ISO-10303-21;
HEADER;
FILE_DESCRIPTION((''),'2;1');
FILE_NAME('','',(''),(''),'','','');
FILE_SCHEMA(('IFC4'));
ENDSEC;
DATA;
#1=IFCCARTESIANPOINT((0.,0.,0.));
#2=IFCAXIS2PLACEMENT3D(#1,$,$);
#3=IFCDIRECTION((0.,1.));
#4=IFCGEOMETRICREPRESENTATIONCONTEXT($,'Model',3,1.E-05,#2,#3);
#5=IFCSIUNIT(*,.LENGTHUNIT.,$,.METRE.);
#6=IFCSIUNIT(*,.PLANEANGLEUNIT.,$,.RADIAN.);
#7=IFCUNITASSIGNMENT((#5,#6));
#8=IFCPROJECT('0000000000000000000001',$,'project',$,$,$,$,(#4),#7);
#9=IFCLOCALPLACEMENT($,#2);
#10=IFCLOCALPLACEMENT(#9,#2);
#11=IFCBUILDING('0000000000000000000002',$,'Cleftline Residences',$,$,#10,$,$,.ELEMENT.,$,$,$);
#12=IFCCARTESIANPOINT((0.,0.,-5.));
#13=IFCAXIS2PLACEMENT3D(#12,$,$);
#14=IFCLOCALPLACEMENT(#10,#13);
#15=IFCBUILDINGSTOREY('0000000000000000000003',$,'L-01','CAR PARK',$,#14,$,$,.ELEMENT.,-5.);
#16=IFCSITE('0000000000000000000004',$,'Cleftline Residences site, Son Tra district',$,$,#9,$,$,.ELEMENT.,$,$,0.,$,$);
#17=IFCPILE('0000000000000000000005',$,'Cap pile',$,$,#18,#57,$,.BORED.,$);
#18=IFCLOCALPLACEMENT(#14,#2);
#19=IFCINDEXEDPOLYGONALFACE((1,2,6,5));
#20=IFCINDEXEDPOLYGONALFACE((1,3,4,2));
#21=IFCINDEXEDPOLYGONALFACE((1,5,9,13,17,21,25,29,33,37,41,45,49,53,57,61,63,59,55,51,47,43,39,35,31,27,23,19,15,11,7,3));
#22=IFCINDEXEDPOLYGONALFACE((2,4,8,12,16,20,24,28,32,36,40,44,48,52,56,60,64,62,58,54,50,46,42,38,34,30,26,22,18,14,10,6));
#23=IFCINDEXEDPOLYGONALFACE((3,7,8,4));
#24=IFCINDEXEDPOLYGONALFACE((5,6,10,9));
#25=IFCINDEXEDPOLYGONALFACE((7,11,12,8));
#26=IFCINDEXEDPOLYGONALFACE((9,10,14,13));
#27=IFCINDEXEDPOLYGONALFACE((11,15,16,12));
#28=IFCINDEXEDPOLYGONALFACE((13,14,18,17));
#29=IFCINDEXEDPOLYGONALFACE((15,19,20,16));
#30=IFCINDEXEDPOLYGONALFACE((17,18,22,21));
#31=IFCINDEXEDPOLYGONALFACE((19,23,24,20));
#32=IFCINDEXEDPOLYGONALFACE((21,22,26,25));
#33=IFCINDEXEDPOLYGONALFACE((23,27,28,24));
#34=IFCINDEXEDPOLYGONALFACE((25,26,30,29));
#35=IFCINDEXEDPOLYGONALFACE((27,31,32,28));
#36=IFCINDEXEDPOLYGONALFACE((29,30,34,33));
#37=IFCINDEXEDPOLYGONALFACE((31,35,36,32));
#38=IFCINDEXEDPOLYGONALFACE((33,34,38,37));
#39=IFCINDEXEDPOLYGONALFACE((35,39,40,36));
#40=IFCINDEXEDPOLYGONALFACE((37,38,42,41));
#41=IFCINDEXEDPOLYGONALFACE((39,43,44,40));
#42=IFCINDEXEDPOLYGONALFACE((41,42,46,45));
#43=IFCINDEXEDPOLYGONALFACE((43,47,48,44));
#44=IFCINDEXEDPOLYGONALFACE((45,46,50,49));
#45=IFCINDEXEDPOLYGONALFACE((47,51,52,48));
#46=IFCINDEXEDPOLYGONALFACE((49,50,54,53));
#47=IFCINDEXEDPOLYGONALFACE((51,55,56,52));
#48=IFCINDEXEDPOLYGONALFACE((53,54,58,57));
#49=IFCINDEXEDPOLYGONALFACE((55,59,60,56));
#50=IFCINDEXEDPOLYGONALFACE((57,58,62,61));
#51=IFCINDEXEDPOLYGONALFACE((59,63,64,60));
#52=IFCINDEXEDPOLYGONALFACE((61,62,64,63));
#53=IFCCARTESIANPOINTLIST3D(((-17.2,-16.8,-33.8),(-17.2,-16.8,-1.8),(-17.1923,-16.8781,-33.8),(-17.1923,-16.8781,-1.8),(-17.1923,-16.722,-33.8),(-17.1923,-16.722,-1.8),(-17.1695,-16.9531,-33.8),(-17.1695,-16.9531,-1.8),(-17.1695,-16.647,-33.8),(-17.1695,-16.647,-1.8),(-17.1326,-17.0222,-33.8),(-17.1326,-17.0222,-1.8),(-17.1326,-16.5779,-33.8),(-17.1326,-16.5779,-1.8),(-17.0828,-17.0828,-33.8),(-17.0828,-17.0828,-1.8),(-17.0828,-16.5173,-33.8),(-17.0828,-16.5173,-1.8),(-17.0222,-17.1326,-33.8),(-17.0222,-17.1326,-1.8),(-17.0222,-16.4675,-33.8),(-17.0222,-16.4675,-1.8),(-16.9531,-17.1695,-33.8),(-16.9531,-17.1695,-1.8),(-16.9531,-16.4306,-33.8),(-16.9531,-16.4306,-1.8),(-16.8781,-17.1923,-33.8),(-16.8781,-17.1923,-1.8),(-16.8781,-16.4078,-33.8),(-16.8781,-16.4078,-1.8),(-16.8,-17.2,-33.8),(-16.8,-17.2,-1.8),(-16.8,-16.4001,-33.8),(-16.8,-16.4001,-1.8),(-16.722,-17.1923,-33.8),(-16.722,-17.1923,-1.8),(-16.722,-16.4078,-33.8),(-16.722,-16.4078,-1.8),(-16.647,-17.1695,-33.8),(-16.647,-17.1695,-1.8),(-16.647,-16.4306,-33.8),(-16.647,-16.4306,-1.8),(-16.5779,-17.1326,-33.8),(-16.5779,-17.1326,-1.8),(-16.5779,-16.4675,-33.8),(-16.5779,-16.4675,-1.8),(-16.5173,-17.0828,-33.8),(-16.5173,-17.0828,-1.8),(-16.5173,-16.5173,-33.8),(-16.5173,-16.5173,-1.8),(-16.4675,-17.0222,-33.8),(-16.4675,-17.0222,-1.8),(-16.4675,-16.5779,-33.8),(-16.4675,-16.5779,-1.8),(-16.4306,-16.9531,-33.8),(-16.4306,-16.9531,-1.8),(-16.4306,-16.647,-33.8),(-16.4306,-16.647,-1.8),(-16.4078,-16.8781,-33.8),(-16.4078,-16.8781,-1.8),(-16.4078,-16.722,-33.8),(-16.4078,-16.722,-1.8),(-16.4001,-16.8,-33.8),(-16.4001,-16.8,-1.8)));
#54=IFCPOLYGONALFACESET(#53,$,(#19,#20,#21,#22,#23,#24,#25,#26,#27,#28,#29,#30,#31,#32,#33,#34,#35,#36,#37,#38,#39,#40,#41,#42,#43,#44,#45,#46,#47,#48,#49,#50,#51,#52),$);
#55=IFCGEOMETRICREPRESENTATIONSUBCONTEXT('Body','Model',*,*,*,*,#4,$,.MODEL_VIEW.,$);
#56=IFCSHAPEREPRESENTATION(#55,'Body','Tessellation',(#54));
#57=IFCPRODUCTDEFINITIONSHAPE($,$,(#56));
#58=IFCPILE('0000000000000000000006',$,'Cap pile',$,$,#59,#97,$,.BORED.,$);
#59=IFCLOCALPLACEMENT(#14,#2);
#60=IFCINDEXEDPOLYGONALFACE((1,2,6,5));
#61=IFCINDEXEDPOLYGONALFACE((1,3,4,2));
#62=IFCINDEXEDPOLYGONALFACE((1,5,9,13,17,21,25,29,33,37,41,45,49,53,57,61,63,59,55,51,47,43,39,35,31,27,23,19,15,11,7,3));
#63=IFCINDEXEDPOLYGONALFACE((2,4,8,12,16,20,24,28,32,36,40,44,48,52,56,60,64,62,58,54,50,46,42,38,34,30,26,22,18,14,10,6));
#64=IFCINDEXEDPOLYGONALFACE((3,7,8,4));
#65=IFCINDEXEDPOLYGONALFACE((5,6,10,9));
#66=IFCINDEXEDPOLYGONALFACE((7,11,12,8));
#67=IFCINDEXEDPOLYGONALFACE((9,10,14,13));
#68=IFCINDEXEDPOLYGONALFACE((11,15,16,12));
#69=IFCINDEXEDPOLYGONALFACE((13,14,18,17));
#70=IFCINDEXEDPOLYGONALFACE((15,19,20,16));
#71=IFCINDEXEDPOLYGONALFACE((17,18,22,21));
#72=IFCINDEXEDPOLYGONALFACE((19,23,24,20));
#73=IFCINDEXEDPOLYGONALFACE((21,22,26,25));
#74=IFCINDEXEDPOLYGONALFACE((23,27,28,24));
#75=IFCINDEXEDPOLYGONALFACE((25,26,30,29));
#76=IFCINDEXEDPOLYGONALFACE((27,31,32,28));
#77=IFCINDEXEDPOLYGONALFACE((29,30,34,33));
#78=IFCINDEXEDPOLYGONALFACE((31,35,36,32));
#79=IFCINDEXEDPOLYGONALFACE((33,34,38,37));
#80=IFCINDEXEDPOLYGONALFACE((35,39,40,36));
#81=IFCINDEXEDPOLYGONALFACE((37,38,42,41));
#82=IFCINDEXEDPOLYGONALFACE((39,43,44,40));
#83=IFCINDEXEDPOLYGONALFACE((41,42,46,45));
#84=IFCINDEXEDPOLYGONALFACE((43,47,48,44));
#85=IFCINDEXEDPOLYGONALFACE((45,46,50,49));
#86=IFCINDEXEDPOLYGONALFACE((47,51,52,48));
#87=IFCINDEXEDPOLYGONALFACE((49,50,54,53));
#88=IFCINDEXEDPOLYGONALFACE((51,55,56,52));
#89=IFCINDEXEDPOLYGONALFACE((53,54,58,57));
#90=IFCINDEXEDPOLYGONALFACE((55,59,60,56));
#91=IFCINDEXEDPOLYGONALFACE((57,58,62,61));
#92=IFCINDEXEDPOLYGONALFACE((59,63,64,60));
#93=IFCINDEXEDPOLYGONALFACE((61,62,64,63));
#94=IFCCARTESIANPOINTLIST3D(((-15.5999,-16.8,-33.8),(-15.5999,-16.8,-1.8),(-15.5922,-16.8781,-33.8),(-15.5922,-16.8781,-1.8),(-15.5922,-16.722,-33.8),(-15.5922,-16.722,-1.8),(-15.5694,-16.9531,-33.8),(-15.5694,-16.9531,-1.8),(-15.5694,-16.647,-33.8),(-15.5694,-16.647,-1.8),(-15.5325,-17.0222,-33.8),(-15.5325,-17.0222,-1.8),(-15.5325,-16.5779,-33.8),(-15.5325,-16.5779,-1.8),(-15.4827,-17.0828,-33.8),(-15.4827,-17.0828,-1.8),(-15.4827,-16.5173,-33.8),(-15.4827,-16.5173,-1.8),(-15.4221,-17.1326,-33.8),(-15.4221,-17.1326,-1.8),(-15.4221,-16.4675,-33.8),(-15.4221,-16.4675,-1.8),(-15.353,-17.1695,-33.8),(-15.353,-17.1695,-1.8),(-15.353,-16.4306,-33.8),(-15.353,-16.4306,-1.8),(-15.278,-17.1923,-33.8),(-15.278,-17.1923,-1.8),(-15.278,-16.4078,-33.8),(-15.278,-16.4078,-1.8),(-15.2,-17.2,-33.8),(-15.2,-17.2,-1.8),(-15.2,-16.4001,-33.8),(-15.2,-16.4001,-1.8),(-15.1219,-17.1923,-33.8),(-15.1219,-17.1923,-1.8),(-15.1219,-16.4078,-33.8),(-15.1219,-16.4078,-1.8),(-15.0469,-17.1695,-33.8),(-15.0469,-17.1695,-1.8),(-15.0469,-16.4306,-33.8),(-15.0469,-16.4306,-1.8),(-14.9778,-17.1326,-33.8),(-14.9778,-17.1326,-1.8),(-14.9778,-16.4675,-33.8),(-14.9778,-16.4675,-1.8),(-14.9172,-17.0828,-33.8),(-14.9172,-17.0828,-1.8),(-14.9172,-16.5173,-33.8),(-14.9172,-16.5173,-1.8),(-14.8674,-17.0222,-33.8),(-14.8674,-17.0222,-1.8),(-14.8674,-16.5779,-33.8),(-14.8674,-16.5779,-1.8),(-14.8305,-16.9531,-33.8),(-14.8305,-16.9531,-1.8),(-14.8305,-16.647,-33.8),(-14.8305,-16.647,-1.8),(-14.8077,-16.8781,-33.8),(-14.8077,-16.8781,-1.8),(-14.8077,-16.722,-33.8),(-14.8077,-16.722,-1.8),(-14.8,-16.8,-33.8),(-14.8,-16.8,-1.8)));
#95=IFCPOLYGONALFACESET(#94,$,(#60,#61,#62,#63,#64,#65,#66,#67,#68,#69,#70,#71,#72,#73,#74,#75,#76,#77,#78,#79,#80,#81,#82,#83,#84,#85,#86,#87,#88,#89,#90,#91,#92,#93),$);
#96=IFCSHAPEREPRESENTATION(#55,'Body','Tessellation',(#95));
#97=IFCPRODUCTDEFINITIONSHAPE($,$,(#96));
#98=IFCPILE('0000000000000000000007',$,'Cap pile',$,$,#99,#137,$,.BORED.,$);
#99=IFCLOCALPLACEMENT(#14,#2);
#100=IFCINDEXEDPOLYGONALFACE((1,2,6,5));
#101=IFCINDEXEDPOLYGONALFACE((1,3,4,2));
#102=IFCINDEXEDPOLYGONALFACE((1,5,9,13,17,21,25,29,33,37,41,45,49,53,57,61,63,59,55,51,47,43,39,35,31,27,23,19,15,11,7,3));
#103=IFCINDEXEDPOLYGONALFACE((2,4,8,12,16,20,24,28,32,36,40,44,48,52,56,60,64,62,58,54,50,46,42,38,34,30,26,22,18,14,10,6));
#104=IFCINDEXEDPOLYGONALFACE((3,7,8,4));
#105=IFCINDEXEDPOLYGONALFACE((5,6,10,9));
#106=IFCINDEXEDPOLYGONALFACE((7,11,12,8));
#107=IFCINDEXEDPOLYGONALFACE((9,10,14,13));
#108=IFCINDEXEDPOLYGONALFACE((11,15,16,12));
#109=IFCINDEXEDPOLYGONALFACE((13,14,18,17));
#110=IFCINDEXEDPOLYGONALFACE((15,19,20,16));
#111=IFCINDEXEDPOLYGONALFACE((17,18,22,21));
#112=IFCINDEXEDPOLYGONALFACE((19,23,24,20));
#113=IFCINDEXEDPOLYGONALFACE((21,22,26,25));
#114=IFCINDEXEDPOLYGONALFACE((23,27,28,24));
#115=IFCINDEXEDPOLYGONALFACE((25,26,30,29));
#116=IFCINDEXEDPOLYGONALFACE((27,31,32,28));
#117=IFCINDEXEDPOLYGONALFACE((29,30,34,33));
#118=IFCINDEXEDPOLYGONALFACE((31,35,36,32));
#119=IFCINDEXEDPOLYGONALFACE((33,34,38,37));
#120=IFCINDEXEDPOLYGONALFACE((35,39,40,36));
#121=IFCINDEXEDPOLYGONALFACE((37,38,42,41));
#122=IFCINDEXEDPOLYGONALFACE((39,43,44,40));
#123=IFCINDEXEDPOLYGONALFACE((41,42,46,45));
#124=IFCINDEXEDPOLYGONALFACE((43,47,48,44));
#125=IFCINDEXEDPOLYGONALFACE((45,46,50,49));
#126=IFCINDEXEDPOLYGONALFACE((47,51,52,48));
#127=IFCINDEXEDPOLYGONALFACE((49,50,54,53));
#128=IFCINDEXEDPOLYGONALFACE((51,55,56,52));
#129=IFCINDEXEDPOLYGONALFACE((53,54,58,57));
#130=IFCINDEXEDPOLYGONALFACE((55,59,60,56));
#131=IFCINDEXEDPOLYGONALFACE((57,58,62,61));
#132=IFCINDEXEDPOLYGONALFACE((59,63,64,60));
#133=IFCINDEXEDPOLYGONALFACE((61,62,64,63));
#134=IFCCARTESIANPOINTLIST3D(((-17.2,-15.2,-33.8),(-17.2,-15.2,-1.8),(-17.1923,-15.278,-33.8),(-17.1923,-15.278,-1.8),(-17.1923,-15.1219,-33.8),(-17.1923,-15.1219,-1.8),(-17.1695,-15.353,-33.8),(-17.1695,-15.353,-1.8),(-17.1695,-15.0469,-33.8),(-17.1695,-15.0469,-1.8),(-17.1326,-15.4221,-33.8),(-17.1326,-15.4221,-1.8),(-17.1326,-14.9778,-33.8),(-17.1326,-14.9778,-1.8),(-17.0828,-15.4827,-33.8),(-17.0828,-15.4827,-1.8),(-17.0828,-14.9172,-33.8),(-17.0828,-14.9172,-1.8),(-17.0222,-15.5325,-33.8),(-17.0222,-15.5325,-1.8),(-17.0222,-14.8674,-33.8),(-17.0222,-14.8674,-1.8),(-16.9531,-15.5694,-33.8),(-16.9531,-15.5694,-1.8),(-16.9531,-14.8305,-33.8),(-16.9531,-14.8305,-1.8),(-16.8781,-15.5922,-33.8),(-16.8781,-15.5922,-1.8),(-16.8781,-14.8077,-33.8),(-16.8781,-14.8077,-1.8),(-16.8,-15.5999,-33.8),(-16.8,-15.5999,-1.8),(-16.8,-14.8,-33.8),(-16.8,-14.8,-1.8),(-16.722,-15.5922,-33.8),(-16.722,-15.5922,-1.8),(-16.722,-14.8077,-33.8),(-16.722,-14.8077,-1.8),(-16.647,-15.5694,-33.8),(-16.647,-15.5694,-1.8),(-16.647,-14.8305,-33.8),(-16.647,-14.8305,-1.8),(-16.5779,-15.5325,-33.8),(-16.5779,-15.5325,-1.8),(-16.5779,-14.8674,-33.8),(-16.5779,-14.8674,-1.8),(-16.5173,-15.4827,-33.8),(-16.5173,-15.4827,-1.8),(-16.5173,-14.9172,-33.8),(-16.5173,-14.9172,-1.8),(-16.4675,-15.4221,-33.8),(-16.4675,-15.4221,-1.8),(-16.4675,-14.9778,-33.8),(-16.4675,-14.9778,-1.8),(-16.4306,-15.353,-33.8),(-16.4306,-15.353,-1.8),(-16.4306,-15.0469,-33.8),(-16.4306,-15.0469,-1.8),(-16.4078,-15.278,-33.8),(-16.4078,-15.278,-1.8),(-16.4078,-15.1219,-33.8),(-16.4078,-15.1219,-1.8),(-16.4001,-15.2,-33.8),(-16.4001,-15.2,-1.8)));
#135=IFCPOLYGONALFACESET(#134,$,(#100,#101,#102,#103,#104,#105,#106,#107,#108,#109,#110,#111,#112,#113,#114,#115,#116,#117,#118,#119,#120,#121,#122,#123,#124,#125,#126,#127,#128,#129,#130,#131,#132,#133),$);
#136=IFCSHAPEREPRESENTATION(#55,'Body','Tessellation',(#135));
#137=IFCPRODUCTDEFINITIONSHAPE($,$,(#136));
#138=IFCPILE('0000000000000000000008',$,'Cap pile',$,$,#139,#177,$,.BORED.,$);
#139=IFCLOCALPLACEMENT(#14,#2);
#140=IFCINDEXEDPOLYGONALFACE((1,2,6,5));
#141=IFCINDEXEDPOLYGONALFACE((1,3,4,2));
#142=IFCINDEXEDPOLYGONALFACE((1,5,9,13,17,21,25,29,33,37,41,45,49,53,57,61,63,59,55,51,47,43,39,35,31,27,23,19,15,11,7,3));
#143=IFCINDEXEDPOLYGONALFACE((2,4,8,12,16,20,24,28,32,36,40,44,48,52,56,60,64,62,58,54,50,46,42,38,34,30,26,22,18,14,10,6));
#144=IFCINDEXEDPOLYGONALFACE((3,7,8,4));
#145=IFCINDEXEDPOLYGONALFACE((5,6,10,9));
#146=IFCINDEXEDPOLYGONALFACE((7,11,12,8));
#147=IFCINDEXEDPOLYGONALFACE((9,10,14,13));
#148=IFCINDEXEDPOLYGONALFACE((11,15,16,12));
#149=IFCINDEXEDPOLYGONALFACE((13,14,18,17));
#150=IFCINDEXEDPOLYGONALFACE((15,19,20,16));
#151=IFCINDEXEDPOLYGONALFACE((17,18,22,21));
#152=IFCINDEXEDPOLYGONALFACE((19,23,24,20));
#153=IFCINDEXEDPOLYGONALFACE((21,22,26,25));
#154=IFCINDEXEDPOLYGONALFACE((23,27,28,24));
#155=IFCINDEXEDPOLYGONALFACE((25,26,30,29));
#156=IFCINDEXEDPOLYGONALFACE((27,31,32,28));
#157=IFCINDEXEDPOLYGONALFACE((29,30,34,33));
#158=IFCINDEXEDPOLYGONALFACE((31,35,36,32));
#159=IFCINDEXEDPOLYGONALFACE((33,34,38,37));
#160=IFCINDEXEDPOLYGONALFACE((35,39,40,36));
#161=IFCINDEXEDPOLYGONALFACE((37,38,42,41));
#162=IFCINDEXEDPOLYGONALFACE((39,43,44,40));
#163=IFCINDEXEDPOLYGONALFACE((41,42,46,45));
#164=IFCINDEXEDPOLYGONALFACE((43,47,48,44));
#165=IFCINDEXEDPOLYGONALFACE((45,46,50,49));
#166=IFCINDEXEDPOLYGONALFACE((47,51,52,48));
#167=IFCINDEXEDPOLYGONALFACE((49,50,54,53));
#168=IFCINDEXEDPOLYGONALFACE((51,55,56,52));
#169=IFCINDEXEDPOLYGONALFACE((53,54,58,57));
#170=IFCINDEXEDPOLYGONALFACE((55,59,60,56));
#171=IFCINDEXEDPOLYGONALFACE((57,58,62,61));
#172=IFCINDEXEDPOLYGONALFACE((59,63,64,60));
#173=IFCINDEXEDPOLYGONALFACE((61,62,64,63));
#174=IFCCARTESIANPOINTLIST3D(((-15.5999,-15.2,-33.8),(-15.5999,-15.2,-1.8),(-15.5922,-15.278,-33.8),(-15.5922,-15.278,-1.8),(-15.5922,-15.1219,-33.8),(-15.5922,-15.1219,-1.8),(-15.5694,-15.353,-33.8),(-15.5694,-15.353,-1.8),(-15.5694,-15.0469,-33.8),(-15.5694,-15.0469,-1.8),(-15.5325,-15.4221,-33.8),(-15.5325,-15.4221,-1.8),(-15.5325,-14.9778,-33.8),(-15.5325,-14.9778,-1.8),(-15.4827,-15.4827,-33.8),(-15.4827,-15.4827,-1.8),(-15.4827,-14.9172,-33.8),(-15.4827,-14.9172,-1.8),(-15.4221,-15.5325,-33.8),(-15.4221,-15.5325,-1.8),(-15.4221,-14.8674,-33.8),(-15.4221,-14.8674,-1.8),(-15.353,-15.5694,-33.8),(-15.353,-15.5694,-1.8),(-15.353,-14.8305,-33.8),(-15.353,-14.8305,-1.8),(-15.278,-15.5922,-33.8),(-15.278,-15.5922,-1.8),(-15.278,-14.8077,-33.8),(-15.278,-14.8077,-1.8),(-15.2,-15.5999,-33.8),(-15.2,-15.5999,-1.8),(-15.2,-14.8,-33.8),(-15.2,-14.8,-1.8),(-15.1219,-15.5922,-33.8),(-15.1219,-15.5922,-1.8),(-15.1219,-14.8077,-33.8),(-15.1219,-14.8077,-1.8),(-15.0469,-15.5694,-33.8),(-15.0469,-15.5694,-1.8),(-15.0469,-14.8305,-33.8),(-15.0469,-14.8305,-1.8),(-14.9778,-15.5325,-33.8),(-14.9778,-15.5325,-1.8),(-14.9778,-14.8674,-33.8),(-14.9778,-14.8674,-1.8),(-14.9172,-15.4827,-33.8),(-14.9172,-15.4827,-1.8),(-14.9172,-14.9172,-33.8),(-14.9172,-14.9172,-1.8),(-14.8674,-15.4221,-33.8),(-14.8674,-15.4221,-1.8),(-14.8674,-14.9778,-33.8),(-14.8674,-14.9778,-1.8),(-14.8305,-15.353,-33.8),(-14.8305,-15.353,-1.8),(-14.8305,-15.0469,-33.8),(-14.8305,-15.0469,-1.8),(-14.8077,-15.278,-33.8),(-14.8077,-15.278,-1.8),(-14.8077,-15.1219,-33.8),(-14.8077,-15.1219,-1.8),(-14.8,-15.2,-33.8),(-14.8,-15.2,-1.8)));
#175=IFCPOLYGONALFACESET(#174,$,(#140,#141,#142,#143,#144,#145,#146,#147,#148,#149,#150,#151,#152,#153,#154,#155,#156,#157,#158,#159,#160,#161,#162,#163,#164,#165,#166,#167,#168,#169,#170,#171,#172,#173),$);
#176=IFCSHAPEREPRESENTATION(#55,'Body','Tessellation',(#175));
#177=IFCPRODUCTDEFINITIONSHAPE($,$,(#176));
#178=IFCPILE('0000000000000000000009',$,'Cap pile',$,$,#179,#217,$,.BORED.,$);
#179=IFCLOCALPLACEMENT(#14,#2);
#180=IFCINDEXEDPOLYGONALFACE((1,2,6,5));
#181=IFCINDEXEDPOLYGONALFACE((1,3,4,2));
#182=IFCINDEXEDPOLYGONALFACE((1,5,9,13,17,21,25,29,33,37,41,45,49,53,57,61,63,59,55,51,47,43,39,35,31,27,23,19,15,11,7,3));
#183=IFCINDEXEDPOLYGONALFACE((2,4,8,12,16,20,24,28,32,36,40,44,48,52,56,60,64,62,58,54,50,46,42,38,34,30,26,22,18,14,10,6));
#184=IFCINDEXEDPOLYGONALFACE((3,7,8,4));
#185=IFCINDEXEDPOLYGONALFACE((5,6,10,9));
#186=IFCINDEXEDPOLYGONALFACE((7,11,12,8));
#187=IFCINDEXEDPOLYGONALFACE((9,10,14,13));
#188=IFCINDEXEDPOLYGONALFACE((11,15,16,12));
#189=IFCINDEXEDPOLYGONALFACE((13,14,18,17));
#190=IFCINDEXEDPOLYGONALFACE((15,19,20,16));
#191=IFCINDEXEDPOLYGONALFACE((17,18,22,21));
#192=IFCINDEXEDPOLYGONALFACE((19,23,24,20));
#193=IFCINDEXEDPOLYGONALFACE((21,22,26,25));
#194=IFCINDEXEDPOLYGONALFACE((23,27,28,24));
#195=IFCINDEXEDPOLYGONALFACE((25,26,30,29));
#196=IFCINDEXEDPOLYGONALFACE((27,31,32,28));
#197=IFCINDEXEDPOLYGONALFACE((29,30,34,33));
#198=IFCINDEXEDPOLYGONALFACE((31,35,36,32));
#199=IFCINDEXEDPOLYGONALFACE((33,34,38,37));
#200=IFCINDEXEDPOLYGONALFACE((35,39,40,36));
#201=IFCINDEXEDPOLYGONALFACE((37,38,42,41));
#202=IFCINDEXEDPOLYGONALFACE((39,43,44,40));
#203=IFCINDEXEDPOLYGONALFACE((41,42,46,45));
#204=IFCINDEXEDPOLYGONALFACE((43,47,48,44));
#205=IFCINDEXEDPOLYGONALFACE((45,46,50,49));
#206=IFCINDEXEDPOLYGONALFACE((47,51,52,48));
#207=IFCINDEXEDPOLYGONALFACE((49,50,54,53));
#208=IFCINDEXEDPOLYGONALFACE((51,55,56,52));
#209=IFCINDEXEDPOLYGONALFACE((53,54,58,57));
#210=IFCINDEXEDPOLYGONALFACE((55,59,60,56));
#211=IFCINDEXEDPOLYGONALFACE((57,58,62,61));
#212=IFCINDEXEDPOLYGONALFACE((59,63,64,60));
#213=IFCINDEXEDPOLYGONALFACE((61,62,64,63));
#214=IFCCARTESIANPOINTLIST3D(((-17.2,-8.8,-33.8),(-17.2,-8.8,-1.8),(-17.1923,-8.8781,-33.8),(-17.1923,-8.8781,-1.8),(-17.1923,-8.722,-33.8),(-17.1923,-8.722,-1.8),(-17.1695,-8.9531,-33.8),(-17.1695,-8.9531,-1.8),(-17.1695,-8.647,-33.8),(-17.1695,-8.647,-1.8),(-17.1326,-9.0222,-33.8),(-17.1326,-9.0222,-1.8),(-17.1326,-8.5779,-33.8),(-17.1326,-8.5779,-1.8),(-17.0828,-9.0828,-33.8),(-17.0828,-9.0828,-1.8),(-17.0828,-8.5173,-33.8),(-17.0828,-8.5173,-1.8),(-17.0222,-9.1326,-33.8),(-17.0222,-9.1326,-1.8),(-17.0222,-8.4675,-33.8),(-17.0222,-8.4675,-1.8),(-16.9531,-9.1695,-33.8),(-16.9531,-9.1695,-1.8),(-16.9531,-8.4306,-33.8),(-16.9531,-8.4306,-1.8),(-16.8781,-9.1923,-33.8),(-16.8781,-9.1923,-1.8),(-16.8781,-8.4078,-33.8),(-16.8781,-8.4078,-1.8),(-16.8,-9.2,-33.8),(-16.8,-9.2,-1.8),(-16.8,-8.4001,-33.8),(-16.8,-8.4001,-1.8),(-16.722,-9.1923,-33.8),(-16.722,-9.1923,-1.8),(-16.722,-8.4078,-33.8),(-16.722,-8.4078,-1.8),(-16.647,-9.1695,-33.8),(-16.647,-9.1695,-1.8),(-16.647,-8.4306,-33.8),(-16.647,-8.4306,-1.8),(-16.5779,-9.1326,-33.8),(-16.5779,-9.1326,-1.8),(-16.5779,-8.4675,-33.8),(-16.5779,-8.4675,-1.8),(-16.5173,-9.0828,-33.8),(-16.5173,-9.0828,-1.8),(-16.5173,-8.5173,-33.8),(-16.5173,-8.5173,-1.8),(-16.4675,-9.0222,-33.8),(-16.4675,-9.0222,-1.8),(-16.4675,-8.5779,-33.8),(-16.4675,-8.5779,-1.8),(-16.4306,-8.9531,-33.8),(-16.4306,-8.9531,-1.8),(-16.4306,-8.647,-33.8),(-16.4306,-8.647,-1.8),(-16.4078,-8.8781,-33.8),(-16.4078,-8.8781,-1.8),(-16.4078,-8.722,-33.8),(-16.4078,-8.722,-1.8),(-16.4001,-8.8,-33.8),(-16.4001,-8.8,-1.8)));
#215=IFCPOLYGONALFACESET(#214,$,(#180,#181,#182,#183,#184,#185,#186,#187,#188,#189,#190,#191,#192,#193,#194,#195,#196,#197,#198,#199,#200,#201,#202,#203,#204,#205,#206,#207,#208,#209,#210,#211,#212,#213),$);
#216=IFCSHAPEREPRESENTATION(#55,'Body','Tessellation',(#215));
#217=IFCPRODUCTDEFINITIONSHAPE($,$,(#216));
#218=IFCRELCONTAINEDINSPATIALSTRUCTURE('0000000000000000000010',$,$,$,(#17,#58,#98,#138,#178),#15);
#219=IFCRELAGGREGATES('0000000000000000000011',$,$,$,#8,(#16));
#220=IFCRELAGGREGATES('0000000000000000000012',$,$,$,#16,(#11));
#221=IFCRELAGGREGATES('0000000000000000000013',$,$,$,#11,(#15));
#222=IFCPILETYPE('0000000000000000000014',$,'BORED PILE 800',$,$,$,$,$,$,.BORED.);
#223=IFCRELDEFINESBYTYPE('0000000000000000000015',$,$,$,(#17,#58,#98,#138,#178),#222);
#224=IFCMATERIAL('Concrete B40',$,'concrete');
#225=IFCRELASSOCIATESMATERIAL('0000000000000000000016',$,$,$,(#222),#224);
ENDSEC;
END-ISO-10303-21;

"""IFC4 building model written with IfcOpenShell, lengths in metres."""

from ifc_helpers import new_model, si_unit, direction, frame, origin, origin_2d, place, context, subcontext, project, spatial, circle, extrude, material, material_profile, profile_set, type_object, element, save


model = new_model("IFC4")

# Units and contexts
model_context = context("Model", 3, precision=1e-05, world=origin(), true_north=direction((0.0, 1.0)))
body_context = subcontext(model_context, "Body", "Model", "MODEL_VIEW")
ifc_project = project(units=[si_unit("LENGTHUNIT", "METRE"), si_unit("PLANEANGLEUNIT", "RADIAN")], contexts=[model_context])

# Site, building, storey
site_placement = place(None, origin())
site = spatial("IfcSite", under=ifc_project, at=site_placement, Name="Cleftline Residences site, Son Tra district", CompositionType="ELEMENT", RefElevation=0.0)
building_placement = place(site_placement, origin())
building = spatial("IfcBuilding", under=site, at=building_placement, Name="Cleftline Residences", CompositionType="ELEMENT")
storey_placement = place(building_placement, frame((0.0, 0.0, -5.0)))
storey = spatial("IfcBuildingStorey", under=building, at=storey_placement, Name="L-01", Description="CAR PARK", CompositionType="ELEMENT", Elevation=-5.0)

# Piles
ifc_material_1 = material(Name="Concrete B40", Category="concrete")
ifc_material_profile_1 = material_profile(ifc_material_1, circle(Radius=0.3999, at=origin_2d()))
ifc_profile_set_1 = profile_set([ifc_material_profile_1], Name="Concrete B40")
pile_type = type_object("IfcPileType", Name="BORED PILE 800", PredefinedType="BORED", material=ifc_profile_set_1)
for number, where, z_axis, x_axis, name in (
    (1, (-16.8, -16.8, -1.8), (0.0, 0.0, -1.0), (1.0, 0.0, 0.0), "Cap pile"),
    (2, (-15.2, -16.8, -1.8), (0.0, 0.0, -1.0), (1.0, 0.0, 0.0), "Cap pile"),
    (3, (-16.8, -15.2, -1.8), (0.0, 0.0, -1.0), (1.0, 0.0, 0.0), "Cap pile"),
    (4, (-15.2, -15.2, -1.8), (0.0, 0.0, -1.0), (1.0, 0.0, 0.0), "Cap pile"),
    (5, (-16.8, -8.8, -1.8), (0.0, 0.0, -1.0), (1.0, 0.0, 0.0), "Cap pile"),
):
    element("IfcPile", number, at=place(storey_placement, frame(where, z_axis=z_axis, x_axis=x_axis)), inside=storey, type_object=pile_type, Name=name, PredefinedType="BORED", context=body_context, shape_type="SweptSolid", body=[
        extrude(circle(Radius=0.3999, at=origin_2d()), origin(), (0.0, 0.0, 1.0), 32.0),
    ])

save(model, "model.ifc")
